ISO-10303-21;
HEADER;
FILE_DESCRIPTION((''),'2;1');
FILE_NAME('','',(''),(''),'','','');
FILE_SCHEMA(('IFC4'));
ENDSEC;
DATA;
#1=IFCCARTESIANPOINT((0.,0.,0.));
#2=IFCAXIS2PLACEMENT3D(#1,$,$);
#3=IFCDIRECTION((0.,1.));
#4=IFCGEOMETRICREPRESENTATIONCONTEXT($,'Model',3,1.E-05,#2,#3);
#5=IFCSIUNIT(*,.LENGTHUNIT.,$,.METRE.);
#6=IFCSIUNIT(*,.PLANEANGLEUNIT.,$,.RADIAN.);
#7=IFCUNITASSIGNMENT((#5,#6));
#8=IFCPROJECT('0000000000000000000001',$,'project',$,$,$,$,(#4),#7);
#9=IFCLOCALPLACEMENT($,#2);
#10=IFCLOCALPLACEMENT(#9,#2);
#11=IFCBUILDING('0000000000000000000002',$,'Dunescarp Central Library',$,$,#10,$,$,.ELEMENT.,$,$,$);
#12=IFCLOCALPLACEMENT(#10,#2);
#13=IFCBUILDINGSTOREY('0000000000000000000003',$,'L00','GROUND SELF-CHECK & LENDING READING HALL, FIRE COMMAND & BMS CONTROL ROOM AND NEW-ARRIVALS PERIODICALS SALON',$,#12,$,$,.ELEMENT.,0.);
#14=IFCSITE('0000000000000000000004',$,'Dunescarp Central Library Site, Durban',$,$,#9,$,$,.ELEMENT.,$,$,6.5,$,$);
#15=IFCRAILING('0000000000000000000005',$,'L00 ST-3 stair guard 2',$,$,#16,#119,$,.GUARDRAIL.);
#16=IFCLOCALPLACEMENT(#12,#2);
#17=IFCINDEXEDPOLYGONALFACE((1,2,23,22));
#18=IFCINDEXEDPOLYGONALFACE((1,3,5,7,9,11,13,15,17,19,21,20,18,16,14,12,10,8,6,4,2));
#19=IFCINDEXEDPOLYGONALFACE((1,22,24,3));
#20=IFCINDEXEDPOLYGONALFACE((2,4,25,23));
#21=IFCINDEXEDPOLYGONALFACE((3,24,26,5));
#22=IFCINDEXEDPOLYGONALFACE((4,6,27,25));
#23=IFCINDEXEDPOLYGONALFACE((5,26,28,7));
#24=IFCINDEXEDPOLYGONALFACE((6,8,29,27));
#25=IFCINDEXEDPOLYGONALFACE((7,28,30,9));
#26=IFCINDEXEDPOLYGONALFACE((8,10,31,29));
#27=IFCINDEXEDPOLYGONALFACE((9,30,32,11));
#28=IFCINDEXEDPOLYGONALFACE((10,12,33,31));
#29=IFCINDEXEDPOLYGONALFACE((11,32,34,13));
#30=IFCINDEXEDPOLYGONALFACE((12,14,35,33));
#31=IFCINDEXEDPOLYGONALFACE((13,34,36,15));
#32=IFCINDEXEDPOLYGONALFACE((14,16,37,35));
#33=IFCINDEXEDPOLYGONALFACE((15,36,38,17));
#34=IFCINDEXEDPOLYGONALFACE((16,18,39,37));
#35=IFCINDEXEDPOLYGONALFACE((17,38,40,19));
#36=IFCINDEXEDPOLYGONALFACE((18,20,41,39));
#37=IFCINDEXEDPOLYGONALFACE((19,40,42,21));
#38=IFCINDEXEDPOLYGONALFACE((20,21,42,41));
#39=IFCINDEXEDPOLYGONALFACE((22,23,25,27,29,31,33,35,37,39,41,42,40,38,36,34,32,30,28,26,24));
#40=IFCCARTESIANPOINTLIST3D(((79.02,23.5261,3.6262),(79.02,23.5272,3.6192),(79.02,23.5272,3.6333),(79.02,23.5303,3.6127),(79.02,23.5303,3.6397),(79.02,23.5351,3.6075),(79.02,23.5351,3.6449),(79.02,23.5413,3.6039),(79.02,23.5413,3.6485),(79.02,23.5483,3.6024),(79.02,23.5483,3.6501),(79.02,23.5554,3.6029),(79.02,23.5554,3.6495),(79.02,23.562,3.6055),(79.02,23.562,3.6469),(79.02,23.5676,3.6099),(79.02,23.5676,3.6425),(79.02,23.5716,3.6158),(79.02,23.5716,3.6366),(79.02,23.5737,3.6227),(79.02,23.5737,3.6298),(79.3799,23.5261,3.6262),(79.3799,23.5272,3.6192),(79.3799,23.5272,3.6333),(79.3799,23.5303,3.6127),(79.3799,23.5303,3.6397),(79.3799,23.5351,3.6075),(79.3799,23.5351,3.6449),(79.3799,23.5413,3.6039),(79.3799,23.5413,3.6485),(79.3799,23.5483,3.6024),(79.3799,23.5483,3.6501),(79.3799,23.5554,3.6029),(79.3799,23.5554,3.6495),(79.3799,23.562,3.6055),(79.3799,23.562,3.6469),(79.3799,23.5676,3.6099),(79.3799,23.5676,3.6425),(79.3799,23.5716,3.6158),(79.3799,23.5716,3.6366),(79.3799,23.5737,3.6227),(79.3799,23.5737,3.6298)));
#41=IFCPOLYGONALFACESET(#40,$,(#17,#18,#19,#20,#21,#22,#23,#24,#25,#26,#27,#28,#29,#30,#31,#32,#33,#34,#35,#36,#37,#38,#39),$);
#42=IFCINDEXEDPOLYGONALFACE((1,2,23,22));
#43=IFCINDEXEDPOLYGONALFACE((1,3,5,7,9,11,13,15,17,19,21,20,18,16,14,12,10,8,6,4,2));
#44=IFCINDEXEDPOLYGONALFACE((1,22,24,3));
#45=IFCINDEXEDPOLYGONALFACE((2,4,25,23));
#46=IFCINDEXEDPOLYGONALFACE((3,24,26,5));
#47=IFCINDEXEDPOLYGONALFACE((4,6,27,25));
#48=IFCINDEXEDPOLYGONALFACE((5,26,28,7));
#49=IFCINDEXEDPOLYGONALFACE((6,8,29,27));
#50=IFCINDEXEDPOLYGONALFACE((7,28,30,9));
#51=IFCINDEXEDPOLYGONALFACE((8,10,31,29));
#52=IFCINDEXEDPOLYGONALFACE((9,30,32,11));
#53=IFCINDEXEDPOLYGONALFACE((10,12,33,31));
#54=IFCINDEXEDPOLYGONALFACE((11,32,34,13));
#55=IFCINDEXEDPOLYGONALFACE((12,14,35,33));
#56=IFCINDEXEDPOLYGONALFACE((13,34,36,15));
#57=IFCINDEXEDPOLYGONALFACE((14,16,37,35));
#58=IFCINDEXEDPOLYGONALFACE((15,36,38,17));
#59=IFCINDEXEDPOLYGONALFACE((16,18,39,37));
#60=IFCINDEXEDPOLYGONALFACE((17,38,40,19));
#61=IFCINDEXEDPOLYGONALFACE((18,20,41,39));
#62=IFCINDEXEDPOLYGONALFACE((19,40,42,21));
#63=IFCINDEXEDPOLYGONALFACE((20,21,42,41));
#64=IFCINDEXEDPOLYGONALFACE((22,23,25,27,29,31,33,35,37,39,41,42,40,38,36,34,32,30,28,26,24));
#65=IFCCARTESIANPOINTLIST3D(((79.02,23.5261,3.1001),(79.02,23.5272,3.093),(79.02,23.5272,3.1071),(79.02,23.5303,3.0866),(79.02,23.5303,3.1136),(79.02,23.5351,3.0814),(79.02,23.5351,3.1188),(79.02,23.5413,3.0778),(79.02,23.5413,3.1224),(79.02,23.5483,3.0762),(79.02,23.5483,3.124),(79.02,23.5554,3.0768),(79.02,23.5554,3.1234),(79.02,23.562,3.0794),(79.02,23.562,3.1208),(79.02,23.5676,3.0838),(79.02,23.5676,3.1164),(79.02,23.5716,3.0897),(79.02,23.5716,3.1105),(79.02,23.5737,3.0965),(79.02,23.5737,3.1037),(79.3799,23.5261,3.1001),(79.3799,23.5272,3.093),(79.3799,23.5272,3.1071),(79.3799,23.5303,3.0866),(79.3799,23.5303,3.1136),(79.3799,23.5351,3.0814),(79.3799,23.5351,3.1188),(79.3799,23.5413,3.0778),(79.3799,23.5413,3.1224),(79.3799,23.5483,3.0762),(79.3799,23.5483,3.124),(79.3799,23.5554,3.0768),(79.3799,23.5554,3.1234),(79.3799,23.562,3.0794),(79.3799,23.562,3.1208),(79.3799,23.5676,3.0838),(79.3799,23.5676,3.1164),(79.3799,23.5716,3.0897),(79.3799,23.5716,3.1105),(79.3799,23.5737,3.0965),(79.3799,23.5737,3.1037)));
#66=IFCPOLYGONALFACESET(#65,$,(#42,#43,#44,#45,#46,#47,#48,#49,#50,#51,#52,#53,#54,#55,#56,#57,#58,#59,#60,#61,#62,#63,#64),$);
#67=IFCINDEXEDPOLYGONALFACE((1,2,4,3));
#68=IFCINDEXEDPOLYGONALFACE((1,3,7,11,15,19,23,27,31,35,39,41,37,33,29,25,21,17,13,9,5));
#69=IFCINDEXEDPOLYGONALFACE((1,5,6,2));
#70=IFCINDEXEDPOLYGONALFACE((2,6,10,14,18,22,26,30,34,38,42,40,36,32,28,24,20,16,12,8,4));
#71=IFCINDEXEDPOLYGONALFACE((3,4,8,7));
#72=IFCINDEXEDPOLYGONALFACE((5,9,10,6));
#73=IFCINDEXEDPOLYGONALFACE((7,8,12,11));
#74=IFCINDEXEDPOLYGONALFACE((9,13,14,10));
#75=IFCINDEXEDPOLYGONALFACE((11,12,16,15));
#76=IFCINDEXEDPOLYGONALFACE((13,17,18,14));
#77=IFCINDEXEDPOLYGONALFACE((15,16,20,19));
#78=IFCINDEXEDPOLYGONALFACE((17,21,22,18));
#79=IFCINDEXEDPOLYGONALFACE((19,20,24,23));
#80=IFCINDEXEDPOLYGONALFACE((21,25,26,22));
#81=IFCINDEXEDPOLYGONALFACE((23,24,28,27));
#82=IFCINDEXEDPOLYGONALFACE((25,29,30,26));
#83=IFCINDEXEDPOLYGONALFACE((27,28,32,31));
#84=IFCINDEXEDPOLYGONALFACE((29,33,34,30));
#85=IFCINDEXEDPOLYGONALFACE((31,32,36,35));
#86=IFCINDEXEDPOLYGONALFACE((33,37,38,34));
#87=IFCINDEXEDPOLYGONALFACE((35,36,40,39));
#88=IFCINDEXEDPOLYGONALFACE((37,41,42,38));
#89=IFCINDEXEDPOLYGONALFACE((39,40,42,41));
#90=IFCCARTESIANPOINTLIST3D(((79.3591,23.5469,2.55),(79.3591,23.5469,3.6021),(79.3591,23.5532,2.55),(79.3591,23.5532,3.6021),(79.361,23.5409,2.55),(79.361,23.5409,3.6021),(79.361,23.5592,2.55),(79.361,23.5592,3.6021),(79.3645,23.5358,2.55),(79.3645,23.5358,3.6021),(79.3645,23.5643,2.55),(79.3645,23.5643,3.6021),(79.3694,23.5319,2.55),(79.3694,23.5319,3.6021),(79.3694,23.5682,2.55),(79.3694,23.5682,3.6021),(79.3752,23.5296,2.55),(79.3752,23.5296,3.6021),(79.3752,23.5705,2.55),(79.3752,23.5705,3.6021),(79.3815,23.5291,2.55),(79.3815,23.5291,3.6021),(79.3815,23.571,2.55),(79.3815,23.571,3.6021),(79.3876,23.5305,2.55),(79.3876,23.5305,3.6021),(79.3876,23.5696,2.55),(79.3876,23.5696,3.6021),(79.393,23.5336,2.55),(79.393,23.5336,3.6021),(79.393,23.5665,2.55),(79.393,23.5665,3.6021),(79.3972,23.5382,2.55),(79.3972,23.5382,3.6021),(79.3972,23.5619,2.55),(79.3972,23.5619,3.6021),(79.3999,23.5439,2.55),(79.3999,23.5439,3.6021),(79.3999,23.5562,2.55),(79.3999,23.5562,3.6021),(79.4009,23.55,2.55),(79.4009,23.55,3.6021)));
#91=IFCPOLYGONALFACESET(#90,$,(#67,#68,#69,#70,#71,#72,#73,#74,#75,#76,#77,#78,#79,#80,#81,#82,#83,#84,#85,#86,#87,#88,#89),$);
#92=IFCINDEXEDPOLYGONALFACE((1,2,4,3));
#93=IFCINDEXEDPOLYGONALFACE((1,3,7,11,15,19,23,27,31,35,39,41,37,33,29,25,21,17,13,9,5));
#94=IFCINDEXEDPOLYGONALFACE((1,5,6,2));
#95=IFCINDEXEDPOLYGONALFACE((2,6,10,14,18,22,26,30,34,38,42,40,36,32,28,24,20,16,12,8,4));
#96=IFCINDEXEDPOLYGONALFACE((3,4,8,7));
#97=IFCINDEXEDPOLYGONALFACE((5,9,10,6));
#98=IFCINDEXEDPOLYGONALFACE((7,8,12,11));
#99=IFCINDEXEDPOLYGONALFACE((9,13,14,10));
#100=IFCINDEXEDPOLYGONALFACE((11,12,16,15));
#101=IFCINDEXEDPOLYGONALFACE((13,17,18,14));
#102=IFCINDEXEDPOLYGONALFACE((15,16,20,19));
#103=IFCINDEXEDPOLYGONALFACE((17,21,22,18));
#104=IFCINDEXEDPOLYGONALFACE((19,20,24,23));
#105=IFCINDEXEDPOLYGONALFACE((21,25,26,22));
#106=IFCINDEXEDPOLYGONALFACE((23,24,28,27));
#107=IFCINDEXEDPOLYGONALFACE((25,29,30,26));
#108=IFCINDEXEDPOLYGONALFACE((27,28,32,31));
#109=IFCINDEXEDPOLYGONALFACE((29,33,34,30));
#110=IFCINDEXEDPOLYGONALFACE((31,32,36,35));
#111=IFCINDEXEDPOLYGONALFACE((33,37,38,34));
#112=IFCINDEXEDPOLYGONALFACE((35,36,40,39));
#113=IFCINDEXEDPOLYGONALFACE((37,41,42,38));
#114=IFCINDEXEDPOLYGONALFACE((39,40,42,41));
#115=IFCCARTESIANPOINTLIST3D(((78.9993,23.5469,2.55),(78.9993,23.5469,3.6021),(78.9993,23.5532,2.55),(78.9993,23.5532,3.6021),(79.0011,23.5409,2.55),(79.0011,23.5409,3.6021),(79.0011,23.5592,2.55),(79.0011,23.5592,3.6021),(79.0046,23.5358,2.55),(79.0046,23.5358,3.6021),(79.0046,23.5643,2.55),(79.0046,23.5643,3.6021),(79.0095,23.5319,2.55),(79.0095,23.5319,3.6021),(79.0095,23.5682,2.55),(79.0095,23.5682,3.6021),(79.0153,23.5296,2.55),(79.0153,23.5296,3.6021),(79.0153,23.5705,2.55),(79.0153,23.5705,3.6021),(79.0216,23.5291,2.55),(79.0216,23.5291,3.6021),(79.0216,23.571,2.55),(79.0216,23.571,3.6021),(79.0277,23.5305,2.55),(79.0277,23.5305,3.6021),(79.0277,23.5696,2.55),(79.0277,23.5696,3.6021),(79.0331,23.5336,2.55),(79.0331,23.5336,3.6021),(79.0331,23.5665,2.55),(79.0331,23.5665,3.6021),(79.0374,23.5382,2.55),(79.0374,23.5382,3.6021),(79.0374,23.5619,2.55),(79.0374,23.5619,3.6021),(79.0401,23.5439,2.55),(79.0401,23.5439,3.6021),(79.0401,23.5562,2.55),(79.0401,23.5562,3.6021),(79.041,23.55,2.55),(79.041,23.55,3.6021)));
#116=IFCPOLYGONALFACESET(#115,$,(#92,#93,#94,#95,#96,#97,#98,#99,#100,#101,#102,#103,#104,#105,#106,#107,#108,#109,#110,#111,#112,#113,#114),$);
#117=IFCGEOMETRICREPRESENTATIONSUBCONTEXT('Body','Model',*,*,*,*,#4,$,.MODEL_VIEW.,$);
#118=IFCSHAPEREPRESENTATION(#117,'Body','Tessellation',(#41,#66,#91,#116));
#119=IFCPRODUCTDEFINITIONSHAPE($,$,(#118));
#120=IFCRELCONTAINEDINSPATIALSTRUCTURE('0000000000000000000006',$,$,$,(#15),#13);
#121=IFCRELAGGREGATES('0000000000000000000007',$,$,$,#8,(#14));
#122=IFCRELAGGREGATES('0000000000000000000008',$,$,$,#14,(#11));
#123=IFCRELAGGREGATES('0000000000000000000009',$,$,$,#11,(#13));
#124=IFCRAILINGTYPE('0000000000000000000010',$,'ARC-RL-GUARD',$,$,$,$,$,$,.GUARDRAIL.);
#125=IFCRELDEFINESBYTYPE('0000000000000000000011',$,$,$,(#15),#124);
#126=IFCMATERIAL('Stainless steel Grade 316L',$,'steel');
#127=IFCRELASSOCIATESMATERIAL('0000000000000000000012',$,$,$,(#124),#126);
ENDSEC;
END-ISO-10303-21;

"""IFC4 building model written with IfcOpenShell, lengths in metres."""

from ifc_helpers import new_model, si_unit, direction, frame, origin, origin_2d, place, context, subcontext, project, spatial, circle, extrude, material, type_object, element, save


model = new_model("IFC4")

# Units and contexts
model_context = context("Model", 3, precision=1e-05, world=origin(), true_north=direction((0.0, 1.0)))
body_context = subcontext(model_context, "Body", "Model", "MODEL_VIEW")
ifc_project = project(units=[si_unit("LENGTHUNIT", "METRE"), si_unit("PLANEANGLEUNIT", "RADIAN")], contexts=[model_context])

# Site, building, storey
site_placement = place(None, origin())
site = spatial("IfcSite", under=ifc_project, at=site_placement, Name="Dunescarp Central Library Site, Durban", CompositionType="ELEMENT", RefElevation=6.5)
building_placement = place(site_placement, origin())
building = spatial("IfcBuilding", under=site, at=building_placement, Name="Dunescarp Central Library", CompositionType="ELEMENT")
storey_placement = place(building_placement, origin())
storey = spatial("IfcBuildingStorey", under=building, at=storey_placement, Name="L00", Description="GROUND SELF-CHECK & LENDING READING HALL, FIRE COMMAND & BMS CONTROL ROOM AND NEW-ARRIVALS PERIODICALS SALON", CompositionType="ELEMENT", Elevation=0.0)

# Railing
ifc_material_1 = material(Name="Stainless steel Grade 316L", Category="steel")
railing_type_1 = type_object("IfcRailingType", Name="ARC-RL-GUARD", PredefinedType="GUARDRAIL", material=ifc_material_1)
railing_1_placement = place(storey_placement, frame((79.3799, 23.55, 2.55)))
element("IfcRailing", 1, at=railing_1_placement, inside=storey, type_object=railing_type_1, Name="L00 ST-3 stair guard 2", PredefinedType="GUARDRAIL", context=body_context, shape_type="SweptSolid", body=[
    extrude(circle(Radius=0.0239, at=origin_2d()), frame((0.0, 0.0, 1.0762), z_axis=(-1.0, 0.0, 0.0), x_axis=(0.0, -1.0, 0.0)), (0.0, 0.0, 1.0), 0.3599),
    extrude(circle(Radius=0.0239, at=origin_2d()), frame((0.0, 0.0, 0.55), z_axis=(-1.0, 0.0, 0.0), x_axis=(0.0, -1.0, 0.0)), (0.0, 0.0, 1.0), 0.3599),
    extrude(circle(Radius=0.021, at=origin_2d()), origin(), (0.0, 0.0, 1.0), 1.052),
    extrude(circle(Radius=0.021, at=origin_2d()), frame((-0.3599, 0.0, 0.0)), (0.0, 0.0, 1.0), 1.052),
])

save(model, "model.ifc")
